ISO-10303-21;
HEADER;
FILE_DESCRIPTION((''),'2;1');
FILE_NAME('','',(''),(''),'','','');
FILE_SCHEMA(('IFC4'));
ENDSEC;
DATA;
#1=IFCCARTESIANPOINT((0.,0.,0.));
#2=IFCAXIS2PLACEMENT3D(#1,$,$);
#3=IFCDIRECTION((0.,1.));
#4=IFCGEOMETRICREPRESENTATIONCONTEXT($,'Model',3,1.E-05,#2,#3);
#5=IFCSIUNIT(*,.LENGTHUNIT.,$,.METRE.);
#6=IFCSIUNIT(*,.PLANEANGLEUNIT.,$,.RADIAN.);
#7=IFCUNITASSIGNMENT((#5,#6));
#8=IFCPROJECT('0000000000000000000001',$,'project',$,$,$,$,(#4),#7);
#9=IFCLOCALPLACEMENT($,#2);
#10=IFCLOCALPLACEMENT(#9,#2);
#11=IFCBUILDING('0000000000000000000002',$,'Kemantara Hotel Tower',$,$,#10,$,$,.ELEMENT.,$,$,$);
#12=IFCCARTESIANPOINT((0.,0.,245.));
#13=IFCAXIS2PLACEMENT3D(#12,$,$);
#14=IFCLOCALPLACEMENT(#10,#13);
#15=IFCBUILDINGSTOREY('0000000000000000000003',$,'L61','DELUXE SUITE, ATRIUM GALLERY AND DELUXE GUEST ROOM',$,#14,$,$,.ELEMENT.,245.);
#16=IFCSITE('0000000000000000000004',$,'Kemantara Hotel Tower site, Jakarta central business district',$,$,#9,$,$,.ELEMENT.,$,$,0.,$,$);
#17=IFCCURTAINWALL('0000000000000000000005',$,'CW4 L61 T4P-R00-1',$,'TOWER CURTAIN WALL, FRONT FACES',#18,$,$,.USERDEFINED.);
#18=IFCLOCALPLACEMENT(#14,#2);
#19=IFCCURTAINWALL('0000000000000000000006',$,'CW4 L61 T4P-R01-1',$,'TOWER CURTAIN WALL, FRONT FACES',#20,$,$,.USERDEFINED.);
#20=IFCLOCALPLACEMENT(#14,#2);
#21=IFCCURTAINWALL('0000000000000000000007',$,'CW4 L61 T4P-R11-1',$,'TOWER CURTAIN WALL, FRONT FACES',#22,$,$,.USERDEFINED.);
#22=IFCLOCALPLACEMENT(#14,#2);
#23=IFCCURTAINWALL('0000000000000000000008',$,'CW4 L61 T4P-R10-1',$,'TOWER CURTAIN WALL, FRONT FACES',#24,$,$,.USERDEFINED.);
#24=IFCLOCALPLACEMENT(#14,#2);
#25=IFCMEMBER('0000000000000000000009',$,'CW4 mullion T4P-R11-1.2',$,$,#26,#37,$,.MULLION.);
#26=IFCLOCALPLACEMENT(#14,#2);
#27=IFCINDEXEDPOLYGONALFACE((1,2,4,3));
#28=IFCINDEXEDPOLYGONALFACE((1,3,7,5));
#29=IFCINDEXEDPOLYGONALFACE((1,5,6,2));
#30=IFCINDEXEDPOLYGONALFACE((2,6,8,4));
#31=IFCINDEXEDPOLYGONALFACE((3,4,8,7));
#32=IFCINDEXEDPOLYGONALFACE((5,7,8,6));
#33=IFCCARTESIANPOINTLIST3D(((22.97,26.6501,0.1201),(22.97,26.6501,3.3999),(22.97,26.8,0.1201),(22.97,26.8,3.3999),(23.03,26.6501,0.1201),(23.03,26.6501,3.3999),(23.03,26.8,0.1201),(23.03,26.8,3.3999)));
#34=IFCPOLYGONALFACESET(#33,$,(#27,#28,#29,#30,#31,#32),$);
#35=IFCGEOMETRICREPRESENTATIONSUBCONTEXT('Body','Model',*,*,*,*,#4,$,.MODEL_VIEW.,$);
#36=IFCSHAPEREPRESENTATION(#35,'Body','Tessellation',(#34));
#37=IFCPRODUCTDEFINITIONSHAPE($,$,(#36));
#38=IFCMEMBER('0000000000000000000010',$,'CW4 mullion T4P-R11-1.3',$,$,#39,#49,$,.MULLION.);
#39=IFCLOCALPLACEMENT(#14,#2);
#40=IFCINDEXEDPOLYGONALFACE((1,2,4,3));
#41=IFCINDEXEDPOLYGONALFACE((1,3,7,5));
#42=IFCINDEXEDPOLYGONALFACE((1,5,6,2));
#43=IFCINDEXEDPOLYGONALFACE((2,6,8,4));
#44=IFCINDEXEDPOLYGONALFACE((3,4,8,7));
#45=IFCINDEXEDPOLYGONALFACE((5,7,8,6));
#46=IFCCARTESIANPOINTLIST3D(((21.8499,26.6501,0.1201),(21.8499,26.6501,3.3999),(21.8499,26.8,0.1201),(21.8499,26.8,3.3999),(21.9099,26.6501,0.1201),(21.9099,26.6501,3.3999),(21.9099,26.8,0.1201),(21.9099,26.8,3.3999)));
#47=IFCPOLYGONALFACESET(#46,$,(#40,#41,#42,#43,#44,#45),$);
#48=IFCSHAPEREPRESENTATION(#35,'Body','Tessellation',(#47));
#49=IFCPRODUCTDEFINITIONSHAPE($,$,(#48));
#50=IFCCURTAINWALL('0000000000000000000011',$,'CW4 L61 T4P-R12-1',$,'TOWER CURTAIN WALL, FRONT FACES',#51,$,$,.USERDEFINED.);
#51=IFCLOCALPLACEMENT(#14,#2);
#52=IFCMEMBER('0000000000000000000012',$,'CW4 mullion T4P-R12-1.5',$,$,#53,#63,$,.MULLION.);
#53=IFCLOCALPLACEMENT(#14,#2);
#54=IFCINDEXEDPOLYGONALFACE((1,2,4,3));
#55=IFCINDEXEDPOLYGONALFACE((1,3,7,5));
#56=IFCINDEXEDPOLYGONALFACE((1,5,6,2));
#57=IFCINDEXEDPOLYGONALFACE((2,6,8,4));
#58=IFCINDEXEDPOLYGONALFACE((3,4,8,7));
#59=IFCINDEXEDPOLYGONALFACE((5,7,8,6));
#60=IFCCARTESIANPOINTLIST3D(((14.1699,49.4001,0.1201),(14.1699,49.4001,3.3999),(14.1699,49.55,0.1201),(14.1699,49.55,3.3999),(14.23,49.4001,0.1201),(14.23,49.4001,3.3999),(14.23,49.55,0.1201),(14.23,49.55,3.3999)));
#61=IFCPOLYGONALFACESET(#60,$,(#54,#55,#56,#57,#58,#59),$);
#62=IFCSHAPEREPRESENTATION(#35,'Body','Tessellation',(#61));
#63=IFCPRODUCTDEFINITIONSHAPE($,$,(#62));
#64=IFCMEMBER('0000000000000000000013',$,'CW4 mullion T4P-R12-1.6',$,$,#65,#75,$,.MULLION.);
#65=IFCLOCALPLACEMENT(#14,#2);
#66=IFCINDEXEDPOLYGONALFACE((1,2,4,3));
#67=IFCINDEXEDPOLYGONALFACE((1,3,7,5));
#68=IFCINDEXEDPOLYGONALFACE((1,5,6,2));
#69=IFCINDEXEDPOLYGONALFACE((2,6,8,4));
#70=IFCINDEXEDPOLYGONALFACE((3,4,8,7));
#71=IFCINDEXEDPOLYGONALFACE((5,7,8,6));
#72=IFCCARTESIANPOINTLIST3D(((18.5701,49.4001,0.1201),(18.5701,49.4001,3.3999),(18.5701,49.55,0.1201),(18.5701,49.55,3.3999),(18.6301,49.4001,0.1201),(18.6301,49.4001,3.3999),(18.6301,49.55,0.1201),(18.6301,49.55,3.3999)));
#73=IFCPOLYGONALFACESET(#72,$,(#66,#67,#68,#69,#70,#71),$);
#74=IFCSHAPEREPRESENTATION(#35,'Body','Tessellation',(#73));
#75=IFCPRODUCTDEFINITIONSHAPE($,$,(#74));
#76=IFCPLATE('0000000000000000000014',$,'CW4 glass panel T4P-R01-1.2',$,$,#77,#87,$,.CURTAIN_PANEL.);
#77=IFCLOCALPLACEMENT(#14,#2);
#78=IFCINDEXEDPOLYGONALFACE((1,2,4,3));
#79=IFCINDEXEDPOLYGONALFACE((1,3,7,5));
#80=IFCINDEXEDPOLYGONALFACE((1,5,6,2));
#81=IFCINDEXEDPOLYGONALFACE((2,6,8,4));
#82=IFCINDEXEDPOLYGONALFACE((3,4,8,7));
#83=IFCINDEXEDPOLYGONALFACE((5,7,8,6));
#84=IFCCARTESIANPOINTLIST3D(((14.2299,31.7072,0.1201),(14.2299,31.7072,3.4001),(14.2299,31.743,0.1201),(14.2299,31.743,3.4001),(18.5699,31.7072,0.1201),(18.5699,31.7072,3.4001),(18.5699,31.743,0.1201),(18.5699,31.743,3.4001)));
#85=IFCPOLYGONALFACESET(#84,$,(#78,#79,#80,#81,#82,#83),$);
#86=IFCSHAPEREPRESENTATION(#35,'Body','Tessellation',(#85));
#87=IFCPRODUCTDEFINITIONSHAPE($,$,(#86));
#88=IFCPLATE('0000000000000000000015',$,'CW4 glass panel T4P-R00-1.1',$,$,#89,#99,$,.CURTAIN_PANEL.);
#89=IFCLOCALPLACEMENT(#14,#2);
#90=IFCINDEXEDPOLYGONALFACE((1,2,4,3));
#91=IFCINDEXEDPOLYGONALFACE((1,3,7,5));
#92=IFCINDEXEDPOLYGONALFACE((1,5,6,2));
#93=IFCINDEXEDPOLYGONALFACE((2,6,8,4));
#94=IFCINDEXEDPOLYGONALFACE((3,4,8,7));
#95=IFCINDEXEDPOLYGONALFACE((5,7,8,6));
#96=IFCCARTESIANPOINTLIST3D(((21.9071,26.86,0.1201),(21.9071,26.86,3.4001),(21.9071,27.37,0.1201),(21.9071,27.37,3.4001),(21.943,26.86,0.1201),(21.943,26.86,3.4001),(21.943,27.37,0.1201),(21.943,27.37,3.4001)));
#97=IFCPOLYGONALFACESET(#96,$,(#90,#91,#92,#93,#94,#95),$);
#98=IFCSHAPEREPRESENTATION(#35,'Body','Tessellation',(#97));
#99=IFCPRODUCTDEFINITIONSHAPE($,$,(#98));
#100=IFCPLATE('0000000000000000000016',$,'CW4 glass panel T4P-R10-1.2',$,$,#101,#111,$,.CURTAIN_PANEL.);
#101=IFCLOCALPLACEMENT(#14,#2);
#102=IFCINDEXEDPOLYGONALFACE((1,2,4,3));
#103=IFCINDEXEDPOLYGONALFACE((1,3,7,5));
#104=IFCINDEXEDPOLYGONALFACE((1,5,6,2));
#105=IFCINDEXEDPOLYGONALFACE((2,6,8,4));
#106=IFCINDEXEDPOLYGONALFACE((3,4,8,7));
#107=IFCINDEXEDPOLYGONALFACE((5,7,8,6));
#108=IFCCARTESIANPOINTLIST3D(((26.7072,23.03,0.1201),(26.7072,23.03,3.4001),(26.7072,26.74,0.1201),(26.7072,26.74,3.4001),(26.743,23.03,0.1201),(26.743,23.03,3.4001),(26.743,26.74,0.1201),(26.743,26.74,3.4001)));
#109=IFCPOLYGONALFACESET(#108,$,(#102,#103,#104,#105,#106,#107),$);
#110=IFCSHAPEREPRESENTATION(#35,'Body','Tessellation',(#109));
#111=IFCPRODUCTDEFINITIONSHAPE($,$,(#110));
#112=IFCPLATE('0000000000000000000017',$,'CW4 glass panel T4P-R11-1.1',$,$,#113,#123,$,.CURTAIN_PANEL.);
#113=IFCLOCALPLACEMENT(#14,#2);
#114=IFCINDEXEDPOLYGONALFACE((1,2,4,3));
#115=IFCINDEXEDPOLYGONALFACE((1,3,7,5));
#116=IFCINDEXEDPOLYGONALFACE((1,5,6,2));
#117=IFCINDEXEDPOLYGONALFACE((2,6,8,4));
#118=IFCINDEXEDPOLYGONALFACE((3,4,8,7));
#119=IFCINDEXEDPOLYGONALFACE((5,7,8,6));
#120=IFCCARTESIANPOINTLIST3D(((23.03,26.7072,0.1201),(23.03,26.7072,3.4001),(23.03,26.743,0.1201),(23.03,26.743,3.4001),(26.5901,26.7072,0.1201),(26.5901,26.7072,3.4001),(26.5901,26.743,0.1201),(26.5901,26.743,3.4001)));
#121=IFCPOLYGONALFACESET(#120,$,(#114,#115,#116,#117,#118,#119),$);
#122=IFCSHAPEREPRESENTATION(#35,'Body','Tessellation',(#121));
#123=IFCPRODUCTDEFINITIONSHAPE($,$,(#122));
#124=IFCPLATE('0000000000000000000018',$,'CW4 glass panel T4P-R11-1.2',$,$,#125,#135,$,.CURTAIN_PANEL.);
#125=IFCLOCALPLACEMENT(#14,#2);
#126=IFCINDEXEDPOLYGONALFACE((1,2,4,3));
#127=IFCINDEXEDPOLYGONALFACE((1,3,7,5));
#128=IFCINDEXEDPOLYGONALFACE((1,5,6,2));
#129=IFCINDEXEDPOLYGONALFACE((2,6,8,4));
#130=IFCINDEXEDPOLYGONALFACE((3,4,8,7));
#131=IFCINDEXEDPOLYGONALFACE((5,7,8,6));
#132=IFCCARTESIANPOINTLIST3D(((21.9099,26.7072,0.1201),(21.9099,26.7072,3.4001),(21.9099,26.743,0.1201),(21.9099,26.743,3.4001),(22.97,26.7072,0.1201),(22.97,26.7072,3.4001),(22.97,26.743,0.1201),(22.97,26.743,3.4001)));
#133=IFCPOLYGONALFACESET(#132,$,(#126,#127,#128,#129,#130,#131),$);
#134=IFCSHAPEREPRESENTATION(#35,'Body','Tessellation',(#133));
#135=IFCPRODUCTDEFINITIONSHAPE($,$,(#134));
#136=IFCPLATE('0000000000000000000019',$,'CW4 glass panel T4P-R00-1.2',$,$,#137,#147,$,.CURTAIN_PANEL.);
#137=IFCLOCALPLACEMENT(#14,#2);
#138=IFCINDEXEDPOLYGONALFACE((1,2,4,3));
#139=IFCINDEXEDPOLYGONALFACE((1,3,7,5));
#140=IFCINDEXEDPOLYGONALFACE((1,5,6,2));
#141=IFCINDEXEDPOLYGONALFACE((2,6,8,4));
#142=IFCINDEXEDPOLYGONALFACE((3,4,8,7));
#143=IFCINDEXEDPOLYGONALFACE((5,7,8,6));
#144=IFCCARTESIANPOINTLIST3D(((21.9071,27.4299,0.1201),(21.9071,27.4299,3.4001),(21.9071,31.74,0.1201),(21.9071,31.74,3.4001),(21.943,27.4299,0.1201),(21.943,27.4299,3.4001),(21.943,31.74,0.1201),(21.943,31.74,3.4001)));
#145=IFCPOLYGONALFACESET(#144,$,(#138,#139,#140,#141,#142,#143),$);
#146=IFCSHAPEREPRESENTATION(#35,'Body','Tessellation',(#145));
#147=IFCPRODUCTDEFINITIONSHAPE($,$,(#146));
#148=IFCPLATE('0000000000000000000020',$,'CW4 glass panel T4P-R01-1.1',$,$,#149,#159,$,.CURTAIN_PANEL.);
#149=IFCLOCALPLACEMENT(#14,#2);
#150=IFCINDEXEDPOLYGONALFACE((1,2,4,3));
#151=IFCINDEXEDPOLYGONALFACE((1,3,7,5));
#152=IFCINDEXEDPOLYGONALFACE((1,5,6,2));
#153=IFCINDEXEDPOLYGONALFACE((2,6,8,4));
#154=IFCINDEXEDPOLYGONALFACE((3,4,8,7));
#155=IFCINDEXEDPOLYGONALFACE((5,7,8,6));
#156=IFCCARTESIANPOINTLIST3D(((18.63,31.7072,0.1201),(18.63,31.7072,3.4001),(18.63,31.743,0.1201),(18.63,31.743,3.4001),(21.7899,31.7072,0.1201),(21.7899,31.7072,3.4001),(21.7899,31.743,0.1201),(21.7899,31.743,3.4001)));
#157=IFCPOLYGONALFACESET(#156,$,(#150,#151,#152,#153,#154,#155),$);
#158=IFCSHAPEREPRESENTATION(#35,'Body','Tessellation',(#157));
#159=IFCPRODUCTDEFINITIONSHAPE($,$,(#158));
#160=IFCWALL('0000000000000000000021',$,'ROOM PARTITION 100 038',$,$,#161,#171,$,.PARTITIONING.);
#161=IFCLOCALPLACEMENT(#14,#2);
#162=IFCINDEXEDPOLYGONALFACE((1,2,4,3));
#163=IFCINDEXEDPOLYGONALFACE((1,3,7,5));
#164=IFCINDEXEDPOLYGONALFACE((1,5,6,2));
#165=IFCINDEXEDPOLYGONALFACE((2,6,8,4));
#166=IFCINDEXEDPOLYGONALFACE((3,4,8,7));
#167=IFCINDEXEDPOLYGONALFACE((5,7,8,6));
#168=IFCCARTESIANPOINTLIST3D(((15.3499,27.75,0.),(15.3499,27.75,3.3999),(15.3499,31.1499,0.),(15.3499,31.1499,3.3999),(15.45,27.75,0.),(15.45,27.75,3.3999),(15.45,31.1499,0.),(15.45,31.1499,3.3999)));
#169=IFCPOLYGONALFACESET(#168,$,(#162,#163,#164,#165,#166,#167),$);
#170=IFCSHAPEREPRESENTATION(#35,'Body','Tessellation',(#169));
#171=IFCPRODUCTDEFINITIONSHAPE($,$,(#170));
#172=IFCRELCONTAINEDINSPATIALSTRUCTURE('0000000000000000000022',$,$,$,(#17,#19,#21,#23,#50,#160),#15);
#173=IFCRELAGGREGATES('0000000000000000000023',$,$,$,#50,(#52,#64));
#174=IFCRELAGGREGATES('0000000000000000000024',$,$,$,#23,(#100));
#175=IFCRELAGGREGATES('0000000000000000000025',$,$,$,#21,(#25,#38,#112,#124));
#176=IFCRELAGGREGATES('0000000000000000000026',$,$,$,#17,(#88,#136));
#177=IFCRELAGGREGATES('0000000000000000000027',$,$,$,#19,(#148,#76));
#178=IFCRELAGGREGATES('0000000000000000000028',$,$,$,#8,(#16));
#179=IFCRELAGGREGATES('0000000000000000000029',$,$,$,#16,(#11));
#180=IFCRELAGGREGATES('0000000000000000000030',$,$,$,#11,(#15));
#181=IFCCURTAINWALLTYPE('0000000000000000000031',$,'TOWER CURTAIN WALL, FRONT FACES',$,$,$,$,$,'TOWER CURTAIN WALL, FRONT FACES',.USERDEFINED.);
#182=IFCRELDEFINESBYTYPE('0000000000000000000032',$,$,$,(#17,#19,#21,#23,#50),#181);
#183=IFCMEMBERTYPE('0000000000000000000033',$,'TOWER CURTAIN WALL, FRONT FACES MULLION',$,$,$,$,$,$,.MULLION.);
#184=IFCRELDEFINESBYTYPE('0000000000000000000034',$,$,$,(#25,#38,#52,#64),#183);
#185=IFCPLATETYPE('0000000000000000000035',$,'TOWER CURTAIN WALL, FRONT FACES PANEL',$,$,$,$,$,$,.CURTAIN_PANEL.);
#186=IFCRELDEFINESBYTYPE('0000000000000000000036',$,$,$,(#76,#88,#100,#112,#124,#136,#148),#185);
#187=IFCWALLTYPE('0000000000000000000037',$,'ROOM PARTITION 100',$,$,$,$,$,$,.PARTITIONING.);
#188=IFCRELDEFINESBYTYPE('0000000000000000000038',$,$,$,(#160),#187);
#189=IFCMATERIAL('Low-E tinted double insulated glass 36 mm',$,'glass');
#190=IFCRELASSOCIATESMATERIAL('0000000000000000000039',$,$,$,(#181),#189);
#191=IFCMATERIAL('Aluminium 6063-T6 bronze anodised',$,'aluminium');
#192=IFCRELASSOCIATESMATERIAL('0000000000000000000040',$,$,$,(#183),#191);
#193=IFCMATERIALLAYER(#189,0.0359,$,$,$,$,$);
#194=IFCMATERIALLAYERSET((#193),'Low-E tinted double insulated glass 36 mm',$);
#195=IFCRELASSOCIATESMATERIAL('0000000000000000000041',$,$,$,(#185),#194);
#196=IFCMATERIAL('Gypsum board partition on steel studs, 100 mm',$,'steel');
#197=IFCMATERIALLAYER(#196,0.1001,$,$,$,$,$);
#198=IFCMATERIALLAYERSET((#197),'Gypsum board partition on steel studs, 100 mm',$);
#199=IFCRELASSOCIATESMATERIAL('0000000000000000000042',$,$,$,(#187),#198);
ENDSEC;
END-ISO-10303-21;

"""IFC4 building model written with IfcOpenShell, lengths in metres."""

from ifc_helpers import new_model, si_unit, direction, frame, frame_2d, origin, origin_2d, place, context, subcontext, project, spatial, rectangle, extrude, source, transform, mapped, material, layer, layer_set, material_profile, profile_set, type_object, element, aggregate, save


model = new_model("IFC4")

# Units and contexts
model_context = context("Model", 3, precision=1e-05, world=origin(), true_north=direction((0.0, 1.0)))
body_context = subcontext(model_context, "Body", "Model", "MODEL_VIEW")
ifc_project = project(units=[si_unit("LENGTHUNIT", "METRE"), si_unit("PLANEANGLEUNIT", "RADIAN")], contexts=[model_context])

# Site, building, storey
site_placement = place(None, origin())
site = spatial("IfcSite", under=ifc_project, at=site_placement, Name="Kemantara Hotel Tower site, Jakarta central business district", CompositionType="ELEMENT", RefElevation=0.0)
building_placement = place(site_placement, origin())
building = spatial("IfcBuilding", under=site, at=building_placement, Name="Kemantara Hotel Tower", CompositionType="ELEMENT")
storey_placement = place(building_placement, frame((0.0, 0.0, 245.0)))
storey = spatial("IfcBuildingStorey", under=building, at=storey_placement, Name="L61", Description="DELUXE SUITE, ATRIUM GALLERY AND DELUXE GUEST ROOM", CompositionType="ELEMENT", Elevation=245.0)

# Curtain walls
ifc_material_1 = material(Name="Low-E tinted double insulated glass 36 mm", Category="glass")
curtain_wall_type = type_object("IfcCurtainWallType", Name="TOWER CURTAIN WALL, FRONT FACES", ElementType="TOWER CURTAIN WALL, FRONT FACES", PredefinedType="USERDEFINED", material=ifc_material_1)
curtain_wall_1_placement = place(storey_placement, origin())
curtain_wall_1 = element("IfcCurtainWall", 1, at=curtain_wall_1_placement, inside=storey, type_object=curtain_wall_type, Name="CW4 L61 T4P-R00-1", ObjectType="TOWER CURTAIN WALL, FRONT FACES", PredefinedType="USERDEFINED")
ifc_material_2 = material(Name="Aluminium 6063-T6 bronze anodised", Category="aluminium")
curtain_wall_2_placement = place(storey_placement, origin())
curtain_wall_2 = element("IfcCurtainWall", 2, at=curtain_wall_2_placement, inside=storey, type_object=curtain_wall_type, Name="CW4 L61 T4P-R01-1", ObjectType="TOWER CURTAIN WALL, FRONT FACES", PredefinedType="USERDEFINED")
curtain_wall_3_placement = place(storey_placement, origin())
curtain_wall_3 = element("IfcCurtainWall", 3, at=curtain_wall_3_placement, inside=storey, type_object=curtain_wall_type, Name="CW4 L61 T4P-R11-1", ObjectType="TOWER CURTAIN WALL, FRONT FACES", PredefinedType="USERDEFINED")

# Shared definitions
ifc_material_profile_1 = material_profile(ifc_material_2, rectangle(XDim=0.1499, YDim=0.0601, at=origin_2d()), Name="TOWER CURTAIN WALL, FRONT FACES MULLION")
ifc_profile_set_1 = profile_set([ifc_material_profile_1], Name="Aluminium 6063-T6 bronze anodised")
member_type_1 = type_object("IfcMemberType", Name="TOWER CURTAIN WALL, FRONT FACES MULLION", PredefinedType="MULLION", material=ifc_profile_set_1)
shared_shape_1 = source(origin(), body_context, "Body", "SweptSolid", [
    extrude(rectangle(XDim=0.1499, YDim=0.0601, at=origin_2d()), origin(), (0.0, 0.0, 1.0), 3.2798),
])

# Curtain wall
curtain_wall_4_placement = place(storey_placement, origin())
curtain_wall_4 = element("IfcCurtainWall", 4, at=curtain_wall_4_placement, inside=storey, type_object=curtain_wall_type, Name="CW4 L61 T4P-R10-1", ObjectType="TOWER CURTAIN WALL, FRONT FACES", PredefinedType="USERDEFINED")

# Members
member_1_placement = place(storey_placement, frame((23.0, 26.7251, 0.1201), z_axis=(0.0, 0.0, 1.0), x_axis=(0.0, -1.0, 0.0)))
member_1 = element("IfcMember", 5, at=member_1_placement, type_object=member_type_1, Name="CW4 mullion T4P-R11-1.2", PredefinedType="MULLION", context=body_context, shape_type="MappedRepresentation", body=[
    mapped(shared_shape_1, transform((0.0, 0.0, 0.0))),
])
member_2_placement = place(storey_placement, frame((21.8799, 26.7251, 0.1201), z_axis=(0.0, 0.0, 1.0), x_axis=(0.0, -1.0, 0.0)))
member_2 = element("IfcMember", 6, at=member_2_placement, type_object=member_type_1, Name="CW4 mullion T4P-R11-1.3", PredefinedType="MULLION", context=body_context, shape_type="MappedRepresentation", body=[
    mapped(shared_shape_1, transform((0.0, 0.0, 0.0))),
])

# Curtain wall, members
curtain_wall_5_placement = place(storey_placement, origin())
curtain_wall_5 = element("IfcCurtainWall", 7, at=curtain_wall_5_placement, inside=storey, type_object=curtain_wall_type, Name="CW4 L61 T4P-R12-1", ObjectType="TOWER CURTAIN WALL, FRONT FACES", PredefinedType="USERDEFINED")
member_3_placement = place(storey_placement, frame((14.2, 49.4751, 0.1201), z_axis=(0.0, 0.0, 1.0), x_axis=(0.0, 1.0, 0.0)))
member_3 = element("IfcMember", 8, at=member_3_placement, type_object=member_type_1, Name="CW4 mullion T4P-R12-1.5", PredefinedType="MULLION", context=body_context, shape_type="MappedRepresentation", body=[
    mapped(shared_shape_1, transform((0.0, 0.0, 0.0))),
])
member_4_placement = place(storey_placement, frame((18.6001, 49.4751, 0.1201), z_axis=(0.0, 0.0, 1.0), x_axis=(0.0, 1.0, 0.0)))
member_4 = element("IfcMember", 9, at=member_4_placement, type_object=member_type_1, Name="CW4 mullion T4P-R12-1.6", PredefinedType="MULLION", context=body_context, shape_type="MappedRepresentation", body=[
    mapped(shared_shape_1, transform((0.0, 0.0, 0.0))),
])
aggregate(curtain_wall_5, [member_3, member_4])

# Plates
ifc_layer_1 = layer(ifc_material_1, 0.0359)
ifc_layer_set_1 = layer_set([ifc_layer_1], Name="Low-E tinted double insulated glass 36 mm")
plate_type = type_object("IfcPlateType", Name="TOWER CURTAIN WALL, FRONT FACES PANEL", PredefinedType="CURTAIN_PANEL", material=ifc_layer_set_1)
shared_shape_2 = source(origin(), body_context, "Body", "SweptSolid", [
    extrude(rectangle(XDim=4.3401, YDim=0.0359, at=origin_2d()), origin(), (0.0, 0.0, 1.0), 3.28),
])
plate_1_placement = place(storey_placement, frame((16.3999, 31.7251, 0.1201), z_axis=(0.0, 0.0, 1.0), x_axis=(-1.0, 0.0, 0.0)))
plate_1 = element("IfcPlate", 10, at=plate_1_placement, type_object=plate_type, Name="CW4 glass panel T4P-R01-1.2", PredefinedType="CURTAIN_PANEL", context=body_context, shape_type="MappedRepresentation", body=[
    mapped(shared_shape_2, transform((0.0, 0.0, 0.0))),
])
shared_shape_3 = source(origin(), body_context, "Body", "SweptSolid", [
    extrude(rectangle(XDim=0.51, YDim=0.0359, at=origin_2d()), origin(), (0.0, 0.0, 1.0), 3.28),
])
plate_2_placement = place(storey_placement, frame((21.925, 27.115, 0.1201), z_axis=(0.0, 0.0, 1.0), x_axis=(0.0, 1.0, 0.0)))
plate_2 = element("IfcPlate", 11, at=plate_2_placement, type_object=plate_type, Name="CW4 glass panel T4P-R00-1.1", PredefinedType="CURTAIN_PANEL", context=body_context, shape_type="MappedRepresentation", body=[
    mapped(shared_shape_3, transform((0.0, 0.0, 0.0))),
])
shared_shape_4 = source(origin(), body_context, "Body", "SweptSolid", [
    extrude(rectangle(XDim=3.71, YDim=0.0359, at=origin_2d()), origin(), (0.0, 0.0, 1.0), 3.28),
])
plate_3_placement = place(storey_placement, frame((26.7251, 24.885, 0.1201), z_axis=(0.0, 0.0, 1.0), x_axis=(0.0, 1.0, 0.0)))
plate_3 = element("IfcPlate", 12, at=plate_3_placement, type_object=plate_type, Name="CW4 glass panel T4P-R10-1.2", PredefinedType="CURTAIN_PANEL", context=body_context, shape_type="MappedRepresentation", body=[
    mapped(shared_shape_4, transform((0.0, 0.0, 0.0))),
])
aggregate(curtain_wall_4, [plate_3])
shared_shape_5 = source(origin(), body_context, "Body", "SweptSolid", [
    extrude(rectangle(XDim=3.5601, YDim=0.0359, at=origin_2d()), origin(), (0.0, 0.0, 1.0), 3.28),
])
plate_4_placement = place(storey_placement, frame((24.8101, 26.7251, 0.1201), z_axis=(0.0, 0.0, 1.0), x_axis=(-1.0, 0.0, 0.0)))
plate_4 = element("IfcPlate", 13, at=plate_4_placement, type_object=plate_type, Name="CW4 glass panel T4P-R11-1.1", PredefinedType="CURTAIN_PANEL", context=body_context, shape_type="MappedRepresentation", body=[
    mapped(shared_shape_5, transform((0.0, 0.0, 0.0))),
])
shared_shape_6 = source(origin(), body_context, "Body", "SweptSolid", [
    extrude(rectangle(XDim=1.0601, YDim=0.0359, at=origin_2d()), origin(), (0.0, 0.0, 1.0), 3.28),
])
plate_5_placement = place(storey_placement, frame((22.4399, 26.7251, 0.1201), z_axis=(0.0, 0.0, 1.0), x_axis=(-1.0, 0.0, 0.0)))
plate_5 = element("IfcPlate", 14, at=plate_5_placement, type_object=plate_type, Name="CW4 glass panel T4P-R11-1.2", PredefinedType="CURTAIN_PANEL", context=body_context, shape_type="MappedRepresentation", body=[
    mapped(shared_shape_6, transform((0.0, 0.0, 0.0))),
])
aggregate(curtain_wall_3, [member_1, member_2, plate_4, plate_5])
shared_shape_7 = source(origin(), body_context, "Body", "SweptSolid", [
    extrude(rectangle(XDim=4.3101, YDim=0.0359, at=origin_2d()), origin(), (0.0, 0.0, 1.0), 3.28),
])
plate_6_placement = place(storey_placement, frame((21.925, 29.585, 0.1201), z_axis=(0.0, 0.0, 1.0), x_axis=(0.0, 1.0, 0.0)))
plate_6 = element("IfcPlate", 15, at=plate_6_placement, type_object=plate_type, Name="CW4 glass panel T4P-R00-1.2", PredefinedType="CURTAIN_PANEL", context=body_context, shape_type="MappedRepresentation", body=[
    mapped(shared_shape_7, transform((0.0, 0.0, 0.0))),
])
aggregate(curtain_wall_1, [plate_2, plate_6])
shared_shape_8 = source(origin(), body_context, "Body", "SweptSolid", [
    extrude(rectangle(XDim=3.1599, YDim=0.0359, at=origin_2d()), origin(), (0.0, 0.0, 1.0), 3.28),
])
plate_7_placement = place(storey_placement, frame((20.21, 31.7251, 0.1201), z_axis=(0.0, 0.0, 1.0), x_axis=(-1.0, 0.0, 0.0)))
plate_7 = element("IfcPlate", 16, at=plate_7_placement, type_object=plate_type, Name="CW4 glass panel T4P-R01-1.1", PredefinedType="CURTAIN_PANEL", context=body_context, shape_type="MappedRepresentation", body=[
    mapped(shared_shape_8, transform((0.0, 0.0, 0.0))),
])
aggregate(curtain_wall_2, [plate_7, plate_1])

# Wall
ifc_material_3 = material(Name="Gypsum board partition on steel studs, 100 mm", Category="steel")
ifc_layer_2 = layer(ifc_material_3, 0.1001)
ifc_layer_set_2 = layer_set([ifc_layer_2], Name="Gypsum board partition on steel studs, 100 mm")
wall_type = type_object("IfcWallType", Name="ROOM PARTITION 100", PredefinedType="PARTITIONING", material=ifc_layer_set_2)
wall_1_placement = place(storey_placement, frame((15.3999, 27.75, 0.0), z_axis=(0.0, 0.0, 1.0), x_axis=(0.0, 1.0, 0.0)))
element("IfcWall", 17, at=wall_1_placement, inside=storey, type_object=wall_type, Name="ROOM PARTITION 100 038", PredefinedType="PARTITIONING", context=body_context, shape_type="SweptSolid", body=[
    extrude(rectangle(XDim=3.3999, YDim=0.1001, at=frame_2d((1.7, 0.0))), origin(), (0.0, 0.0, 1.0), 3.3999),
])

save(model, "model.ifc")
